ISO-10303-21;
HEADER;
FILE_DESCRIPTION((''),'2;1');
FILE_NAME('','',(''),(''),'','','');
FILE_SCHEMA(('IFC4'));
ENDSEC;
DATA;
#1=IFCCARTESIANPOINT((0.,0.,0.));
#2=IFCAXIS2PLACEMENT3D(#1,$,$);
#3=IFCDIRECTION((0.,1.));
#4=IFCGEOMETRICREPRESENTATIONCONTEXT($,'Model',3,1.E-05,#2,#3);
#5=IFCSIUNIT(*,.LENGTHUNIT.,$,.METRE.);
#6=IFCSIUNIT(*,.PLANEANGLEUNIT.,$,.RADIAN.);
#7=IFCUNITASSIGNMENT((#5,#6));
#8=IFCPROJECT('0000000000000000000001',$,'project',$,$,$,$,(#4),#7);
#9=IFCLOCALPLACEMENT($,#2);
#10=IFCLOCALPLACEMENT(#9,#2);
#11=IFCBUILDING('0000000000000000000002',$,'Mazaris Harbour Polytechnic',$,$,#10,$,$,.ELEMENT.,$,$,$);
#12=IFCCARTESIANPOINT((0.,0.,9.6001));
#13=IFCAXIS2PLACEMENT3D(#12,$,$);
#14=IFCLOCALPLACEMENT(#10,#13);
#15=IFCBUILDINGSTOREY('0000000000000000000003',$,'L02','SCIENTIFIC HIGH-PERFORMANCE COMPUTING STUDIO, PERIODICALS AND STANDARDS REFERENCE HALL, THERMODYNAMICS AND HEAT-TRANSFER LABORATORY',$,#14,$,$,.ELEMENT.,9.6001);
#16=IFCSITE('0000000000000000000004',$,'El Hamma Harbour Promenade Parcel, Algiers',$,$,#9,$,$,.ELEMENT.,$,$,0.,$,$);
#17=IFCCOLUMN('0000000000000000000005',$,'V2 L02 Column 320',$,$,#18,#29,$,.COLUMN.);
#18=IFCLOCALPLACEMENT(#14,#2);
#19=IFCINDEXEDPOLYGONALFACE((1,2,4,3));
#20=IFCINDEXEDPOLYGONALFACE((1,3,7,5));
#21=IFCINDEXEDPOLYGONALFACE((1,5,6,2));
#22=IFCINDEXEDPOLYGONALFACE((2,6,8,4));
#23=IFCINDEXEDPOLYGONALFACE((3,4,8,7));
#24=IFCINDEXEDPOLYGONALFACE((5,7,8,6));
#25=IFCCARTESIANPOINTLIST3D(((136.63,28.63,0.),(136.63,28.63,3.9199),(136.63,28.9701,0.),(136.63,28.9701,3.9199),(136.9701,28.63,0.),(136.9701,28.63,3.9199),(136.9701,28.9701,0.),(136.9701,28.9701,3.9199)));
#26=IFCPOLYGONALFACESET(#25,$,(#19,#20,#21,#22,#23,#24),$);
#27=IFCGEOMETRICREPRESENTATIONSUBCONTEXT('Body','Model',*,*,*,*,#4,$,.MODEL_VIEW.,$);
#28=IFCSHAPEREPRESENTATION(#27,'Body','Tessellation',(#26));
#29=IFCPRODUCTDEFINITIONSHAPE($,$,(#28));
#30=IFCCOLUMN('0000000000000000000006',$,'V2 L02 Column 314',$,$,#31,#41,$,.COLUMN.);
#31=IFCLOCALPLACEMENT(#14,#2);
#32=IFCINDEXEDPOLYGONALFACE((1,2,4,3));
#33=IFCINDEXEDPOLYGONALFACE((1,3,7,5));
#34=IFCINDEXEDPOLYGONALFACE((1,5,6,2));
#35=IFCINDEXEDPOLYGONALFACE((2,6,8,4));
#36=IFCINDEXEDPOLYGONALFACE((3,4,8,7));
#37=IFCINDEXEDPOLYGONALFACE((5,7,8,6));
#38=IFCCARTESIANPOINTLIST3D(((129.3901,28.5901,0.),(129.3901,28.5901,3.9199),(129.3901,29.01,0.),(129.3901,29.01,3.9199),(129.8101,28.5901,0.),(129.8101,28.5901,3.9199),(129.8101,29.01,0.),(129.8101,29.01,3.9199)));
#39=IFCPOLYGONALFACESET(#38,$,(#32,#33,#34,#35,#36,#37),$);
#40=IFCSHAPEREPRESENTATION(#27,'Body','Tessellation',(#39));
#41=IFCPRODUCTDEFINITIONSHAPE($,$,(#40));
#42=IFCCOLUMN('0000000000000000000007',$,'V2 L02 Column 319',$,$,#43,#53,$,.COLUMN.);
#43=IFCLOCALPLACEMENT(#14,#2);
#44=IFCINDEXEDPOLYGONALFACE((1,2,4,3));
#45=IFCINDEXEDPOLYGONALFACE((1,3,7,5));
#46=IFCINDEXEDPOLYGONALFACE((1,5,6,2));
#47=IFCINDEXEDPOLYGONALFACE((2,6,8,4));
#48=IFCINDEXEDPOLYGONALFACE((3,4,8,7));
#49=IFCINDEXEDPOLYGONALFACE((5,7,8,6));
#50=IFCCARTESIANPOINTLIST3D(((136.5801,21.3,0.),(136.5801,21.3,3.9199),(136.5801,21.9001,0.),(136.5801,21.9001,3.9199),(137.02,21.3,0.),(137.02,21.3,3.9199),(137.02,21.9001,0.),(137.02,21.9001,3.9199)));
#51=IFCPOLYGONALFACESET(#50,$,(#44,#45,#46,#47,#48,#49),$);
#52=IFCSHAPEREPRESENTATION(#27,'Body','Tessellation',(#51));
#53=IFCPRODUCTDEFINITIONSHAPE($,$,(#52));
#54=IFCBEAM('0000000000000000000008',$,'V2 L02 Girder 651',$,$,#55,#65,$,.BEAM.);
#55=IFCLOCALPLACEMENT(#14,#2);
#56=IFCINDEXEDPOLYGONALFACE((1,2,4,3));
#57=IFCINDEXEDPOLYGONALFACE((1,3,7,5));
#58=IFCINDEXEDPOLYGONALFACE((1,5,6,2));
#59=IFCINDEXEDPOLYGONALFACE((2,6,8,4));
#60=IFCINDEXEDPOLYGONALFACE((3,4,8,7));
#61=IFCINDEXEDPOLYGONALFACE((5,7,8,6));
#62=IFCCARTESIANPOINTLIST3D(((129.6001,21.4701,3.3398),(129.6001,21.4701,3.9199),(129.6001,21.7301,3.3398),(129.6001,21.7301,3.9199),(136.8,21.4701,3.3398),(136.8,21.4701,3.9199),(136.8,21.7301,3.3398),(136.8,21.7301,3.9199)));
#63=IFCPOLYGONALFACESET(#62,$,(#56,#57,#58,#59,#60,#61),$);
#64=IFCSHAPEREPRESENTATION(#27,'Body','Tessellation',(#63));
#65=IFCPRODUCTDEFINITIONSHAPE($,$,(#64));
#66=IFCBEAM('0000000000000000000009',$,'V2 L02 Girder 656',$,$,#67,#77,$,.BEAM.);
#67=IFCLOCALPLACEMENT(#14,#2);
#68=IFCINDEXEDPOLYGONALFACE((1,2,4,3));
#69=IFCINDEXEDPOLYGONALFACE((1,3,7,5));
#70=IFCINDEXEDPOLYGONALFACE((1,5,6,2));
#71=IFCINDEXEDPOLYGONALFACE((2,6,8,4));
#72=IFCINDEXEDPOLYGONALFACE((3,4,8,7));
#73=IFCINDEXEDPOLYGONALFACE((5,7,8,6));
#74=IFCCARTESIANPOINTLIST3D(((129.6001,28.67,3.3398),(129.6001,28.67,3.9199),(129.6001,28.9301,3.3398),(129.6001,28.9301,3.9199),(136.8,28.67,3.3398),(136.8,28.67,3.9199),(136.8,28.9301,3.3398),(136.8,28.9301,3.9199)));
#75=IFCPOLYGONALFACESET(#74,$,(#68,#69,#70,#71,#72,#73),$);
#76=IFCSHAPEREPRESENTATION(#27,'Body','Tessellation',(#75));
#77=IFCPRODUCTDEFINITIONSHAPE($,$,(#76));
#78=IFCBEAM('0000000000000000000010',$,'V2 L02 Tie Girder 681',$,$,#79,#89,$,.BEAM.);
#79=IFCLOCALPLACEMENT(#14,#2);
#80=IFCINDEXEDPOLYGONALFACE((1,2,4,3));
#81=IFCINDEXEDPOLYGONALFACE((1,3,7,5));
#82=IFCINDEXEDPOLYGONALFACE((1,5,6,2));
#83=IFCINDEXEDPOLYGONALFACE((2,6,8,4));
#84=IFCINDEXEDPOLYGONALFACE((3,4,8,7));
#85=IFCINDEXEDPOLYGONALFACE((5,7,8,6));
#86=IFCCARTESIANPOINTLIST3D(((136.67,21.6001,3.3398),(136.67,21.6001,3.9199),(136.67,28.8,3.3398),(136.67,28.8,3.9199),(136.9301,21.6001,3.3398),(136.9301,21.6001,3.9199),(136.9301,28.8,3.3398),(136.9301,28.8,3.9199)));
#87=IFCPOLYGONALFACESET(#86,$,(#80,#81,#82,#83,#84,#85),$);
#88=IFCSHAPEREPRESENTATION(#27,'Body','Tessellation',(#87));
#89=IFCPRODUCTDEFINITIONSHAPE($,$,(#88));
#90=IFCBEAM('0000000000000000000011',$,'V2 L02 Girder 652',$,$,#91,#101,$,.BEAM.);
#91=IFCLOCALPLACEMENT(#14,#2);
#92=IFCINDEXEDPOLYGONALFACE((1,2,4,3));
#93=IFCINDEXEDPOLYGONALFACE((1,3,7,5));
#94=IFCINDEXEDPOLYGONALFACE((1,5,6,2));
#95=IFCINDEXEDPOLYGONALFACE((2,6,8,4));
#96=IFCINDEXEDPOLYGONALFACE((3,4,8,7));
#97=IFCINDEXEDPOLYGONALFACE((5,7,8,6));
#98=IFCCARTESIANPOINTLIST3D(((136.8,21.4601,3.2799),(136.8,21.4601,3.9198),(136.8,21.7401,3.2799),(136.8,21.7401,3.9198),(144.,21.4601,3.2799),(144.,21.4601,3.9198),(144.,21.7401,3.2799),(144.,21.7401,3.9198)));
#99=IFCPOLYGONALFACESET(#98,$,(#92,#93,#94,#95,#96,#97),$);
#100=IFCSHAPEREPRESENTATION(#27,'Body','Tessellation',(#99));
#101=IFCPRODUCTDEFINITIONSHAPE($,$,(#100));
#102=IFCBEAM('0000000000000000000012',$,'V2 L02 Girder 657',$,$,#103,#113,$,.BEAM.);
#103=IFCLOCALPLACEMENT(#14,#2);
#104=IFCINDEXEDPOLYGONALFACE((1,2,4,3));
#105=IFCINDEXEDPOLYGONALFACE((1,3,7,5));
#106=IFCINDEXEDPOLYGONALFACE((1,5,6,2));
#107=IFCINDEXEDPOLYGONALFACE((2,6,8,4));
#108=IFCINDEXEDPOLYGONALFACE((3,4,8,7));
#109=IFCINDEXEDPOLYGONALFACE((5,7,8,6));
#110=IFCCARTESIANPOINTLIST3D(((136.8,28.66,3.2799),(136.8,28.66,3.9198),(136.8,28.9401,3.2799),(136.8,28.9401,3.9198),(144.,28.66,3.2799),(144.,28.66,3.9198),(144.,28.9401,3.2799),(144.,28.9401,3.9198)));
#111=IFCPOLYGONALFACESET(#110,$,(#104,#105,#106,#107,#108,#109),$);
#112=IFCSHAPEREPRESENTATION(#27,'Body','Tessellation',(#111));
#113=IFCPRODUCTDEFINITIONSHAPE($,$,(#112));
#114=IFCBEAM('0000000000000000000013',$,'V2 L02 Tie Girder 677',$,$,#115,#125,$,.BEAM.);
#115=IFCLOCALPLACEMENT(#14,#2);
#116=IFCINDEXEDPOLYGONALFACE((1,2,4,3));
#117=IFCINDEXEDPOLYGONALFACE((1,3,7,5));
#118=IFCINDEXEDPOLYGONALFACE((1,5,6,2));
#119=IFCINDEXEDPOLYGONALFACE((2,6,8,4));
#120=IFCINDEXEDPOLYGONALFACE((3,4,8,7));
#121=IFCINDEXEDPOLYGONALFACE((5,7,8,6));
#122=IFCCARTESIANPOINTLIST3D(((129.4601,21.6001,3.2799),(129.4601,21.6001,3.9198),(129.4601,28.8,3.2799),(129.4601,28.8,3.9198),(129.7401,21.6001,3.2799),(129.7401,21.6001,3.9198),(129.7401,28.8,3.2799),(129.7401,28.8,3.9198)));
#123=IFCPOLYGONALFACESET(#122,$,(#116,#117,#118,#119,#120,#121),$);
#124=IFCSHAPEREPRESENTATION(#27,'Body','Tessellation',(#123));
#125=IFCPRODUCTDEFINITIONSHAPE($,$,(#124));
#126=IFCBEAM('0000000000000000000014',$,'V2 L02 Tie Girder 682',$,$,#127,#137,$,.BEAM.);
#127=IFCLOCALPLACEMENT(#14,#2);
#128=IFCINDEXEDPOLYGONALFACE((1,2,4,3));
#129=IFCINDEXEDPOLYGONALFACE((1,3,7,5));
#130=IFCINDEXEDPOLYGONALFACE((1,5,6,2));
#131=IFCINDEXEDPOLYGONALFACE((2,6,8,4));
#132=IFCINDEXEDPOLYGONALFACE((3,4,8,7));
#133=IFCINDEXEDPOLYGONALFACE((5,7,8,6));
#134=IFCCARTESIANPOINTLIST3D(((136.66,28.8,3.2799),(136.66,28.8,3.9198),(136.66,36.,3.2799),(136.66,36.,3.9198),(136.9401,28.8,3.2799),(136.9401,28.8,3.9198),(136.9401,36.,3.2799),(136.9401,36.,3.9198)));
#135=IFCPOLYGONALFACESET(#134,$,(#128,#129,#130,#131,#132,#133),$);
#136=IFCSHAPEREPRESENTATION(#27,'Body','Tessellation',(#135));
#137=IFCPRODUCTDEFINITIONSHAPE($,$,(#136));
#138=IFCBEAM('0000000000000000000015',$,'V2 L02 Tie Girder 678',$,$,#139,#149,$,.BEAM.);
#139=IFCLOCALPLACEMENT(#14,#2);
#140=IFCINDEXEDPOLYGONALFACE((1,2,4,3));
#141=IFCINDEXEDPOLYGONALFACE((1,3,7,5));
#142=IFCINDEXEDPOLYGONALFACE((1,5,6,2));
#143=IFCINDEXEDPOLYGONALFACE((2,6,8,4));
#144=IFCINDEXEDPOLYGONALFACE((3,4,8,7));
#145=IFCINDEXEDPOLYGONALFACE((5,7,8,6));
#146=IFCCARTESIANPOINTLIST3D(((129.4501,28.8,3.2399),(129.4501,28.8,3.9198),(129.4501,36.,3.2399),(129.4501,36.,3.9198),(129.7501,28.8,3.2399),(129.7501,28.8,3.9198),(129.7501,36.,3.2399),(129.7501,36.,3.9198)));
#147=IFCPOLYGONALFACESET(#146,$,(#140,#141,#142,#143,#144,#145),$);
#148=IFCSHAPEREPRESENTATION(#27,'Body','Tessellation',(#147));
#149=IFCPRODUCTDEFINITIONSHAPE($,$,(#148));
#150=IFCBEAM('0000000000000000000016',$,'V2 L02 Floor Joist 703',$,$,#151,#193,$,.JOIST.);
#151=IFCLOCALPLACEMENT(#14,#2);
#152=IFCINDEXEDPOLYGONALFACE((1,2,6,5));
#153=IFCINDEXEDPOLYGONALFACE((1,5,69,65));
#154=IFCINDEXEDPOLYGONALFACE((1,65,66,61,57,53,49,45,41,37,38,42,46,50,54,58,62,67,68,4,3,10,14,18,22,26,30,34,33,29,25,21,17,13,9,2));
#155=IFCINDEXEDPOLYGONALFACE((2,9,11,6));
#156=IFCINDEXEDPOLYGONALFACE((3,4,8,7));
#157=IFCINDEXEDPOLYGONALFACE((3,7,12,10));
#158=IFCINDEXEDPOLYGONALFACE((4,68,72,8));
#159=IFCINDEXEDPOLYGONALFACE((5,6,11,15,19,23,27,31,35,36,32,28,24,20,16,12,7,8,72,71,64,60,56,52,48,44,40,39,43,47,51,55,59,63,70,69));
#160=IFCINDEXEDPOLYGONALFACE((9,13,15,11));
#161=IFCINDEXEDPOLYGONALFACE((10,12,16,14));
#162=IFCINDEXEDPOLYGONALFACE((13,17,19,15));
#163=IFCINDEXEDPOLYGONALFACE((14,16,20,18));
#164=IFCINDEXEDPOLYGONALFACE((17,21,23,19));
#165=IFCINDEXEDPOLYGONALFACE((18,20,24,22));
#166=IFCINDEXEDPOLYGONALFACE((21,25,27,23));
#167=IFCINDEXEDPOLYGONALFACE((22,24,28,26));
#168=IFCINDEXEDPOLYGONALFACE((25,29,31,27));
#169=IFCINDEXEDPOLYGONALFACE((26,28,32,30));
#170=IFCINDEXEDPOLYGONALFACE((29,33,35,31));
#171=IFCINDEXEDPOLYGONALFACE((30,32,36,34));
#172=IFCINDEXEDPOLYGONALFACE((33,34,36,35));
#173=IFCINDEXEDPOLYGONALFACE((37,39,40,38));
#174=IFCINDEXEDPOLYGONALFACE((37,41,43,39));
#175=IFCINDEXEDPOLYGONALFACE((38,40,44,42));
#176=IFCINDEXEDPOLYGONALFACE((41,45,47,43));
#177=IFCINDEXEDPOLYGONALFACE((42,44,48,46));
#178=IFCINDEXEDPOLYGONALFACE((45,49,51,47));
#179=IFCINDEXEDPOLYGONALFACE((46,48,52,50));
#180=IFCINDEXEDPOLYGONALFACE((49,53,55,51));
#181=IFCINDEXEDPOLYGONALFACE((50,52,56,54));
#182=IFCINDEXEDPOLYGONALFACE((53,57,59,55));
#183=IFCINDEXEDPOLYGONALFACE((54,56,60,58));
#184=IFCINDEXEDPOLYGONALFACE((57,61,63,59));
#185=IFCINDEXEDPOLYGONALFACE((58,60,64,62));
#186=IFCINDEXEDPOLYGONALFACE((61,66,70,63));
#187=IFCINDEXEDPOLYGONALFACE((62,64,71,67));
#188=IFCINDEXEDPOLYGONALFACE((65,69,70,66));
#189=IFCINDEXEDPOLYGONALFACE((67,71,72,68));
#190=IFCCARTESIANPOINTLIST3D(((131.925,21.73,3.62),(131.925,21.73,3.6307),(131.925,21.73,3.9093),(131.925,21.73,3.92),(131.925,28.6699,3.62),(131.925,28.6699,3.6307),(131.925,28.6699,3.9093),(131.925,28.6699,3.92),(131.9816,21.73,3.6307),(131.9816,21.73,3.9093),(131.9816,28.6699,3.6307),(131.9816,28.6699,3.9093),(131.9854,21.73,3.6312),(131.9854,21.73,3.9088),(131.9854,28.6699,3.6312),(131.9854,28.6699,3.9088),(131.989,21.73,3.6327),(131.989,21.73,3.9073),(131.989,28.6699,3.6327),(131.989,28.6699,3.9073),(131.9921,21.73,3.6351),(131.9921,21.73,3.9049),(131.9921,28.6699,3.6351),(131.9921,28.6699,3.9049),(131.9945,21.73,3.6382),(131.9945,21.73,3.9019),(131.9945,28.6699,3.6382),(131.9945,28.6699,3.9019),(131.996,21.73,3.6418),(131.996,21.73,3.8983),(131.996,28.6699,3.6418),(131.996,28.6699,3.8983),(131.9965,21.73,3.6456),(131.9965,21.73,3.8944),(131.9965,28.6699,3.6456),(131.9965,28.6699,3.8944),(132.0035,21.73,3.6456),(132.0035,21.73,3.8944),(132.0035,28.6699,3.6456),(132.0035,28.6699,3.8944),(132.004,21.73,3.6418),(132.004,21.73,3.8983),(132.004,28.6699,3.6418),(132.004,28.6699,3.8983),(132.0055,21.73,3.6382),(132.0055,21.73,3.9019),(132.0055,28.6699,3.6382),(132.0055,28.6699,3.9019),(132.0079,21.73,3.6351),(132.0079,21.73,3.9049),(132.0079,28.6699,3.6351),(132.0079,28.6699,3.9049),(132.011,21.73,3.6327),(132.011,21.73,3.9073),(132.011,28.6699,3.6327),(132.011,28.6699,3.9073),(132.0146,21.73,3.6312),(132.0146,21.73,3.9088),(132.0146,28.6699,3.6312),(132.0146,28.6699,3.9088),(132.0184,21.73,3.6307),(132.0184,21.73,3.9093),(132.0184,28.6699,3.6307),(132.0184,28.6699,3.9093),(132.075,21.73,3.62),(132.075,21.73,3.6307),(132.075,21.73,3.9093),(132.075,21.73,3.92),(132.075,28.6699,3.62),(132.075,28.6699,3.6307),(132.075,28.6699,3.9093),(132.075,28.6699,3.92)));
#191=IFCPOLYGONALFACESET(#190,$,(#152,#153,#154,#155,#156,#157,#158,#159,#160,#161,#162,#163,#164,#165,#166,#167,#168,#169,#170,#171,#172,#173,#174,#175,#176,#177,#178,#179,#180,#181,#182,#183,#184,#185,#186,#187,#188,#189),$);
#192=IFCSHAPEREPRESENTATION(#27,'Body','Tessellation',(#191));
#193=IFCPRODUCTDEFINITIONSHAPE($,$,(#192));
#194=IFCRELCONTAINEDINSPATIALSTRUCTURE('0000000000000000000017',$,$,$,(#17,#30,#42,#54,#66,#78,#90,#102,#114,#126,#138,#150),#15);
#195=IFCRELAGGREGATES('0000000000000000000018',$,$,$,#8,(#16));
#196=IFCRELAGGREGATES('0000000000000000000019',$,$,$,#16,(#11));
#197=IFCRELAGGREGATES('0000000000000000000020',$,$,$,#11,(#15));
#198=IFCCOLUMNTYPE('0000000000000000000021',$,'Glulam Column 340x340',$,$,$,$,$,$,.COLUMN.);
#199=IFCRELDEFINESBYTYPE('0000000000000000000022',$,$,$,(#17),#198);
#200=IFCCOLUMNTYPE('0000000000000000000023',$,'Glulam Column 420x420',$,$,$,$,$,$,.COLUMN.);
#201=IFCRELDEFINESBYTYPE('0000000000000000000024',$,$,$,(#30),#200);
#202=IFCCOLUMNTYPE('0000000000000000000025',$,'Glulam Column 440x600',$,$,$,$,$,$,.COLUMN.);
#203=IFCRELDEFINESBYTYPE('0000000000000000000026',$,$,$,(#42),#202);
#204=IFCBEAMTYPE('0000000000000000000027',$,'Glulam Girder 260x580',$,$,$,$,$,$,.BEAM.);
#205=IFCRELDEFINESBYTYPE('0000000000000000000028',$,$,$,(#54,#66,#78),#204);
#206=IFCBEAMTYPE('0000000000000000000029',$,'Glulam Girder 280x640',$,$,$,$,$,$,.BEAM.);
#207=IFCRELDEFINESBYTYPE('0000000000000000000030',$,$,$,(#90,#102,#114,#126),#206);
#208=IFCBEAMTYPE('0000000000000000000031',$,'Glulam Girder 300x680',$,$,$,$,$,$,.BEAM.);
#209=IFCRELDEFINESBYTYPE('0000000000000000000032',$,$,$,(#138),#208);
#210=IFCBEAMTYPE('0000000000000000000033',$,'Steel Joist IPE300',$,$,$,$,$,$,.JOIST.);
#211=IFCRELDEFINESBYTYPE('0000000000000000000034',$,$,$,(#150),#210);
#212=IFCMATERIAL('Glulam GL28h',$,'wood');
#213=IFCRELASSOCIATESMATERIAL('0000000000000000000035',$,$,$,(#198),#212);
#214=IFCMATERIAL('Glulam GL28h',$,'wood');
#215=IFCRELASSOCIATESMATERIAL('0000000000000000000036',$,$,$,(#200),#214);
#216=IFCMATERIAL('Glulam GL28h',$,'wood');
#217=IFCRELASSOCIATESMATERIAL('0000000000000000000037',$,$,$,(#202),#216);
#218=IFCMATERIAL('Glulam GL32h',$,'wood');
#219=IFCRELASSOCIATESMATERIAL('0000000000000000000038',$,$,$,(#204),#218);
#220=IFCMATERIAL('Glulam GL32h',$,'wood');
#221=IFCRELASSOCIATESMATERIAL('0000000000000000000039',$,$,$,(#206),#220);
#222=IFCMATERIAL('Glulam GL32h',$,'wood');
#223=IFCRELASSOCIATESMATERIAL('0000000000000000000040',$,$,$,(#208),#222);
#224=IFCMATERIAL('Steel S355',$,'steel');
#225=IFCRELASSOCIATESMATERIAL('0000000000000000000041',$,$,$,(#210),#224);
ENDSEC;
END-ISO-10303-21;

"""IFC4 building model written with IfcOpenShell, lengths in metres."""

from ifc_helpers import new_model, si_unit, direction, frame, origin, origin_2d, place, context, subcontext, project, spatial, rectangle, i_section, extrude, material, material_profile, profile_set, type_object, element, save


model = new_model("IFC4")

# Units and contexts
model_context = context("Model", 3, precision=1e-05, world=origin(), true_north=direction((0.0, 1.0)))
body_context = subcontext(model_context, "Body", "Model", "MODEL_VIEW")
ifc_project = project(units=[si_unit("LENGTHUNIT", "METRE"), si_unit("PLANEANGLEUNIT", "RADIAN")], contexts=[model_context])

# Site, building, storey
site_placement = place(None, origin())
site = spatial("IfcSite", under=ifc_project, at=site_placement, Name="El Hamma Harbour Promenade Parcel, Algiers", CompositionType="ELEMENT", RefElevation=0.0)
building_placement = place(site_placement, origin())
building = spatial("IfcBuilding", under=site, at=building_placement, Name="Mazaris Harbour Polytechnic", CompositionType="ELEMENT")
storey_placement = place(building_placement, frame((0.0, 0.0, 9.6001)))
storey = spatial("IfcBuildingStorey", under=building, at=storey_placement, Name="L02", Description="SCIENTIFIC HIGH-PERFORMANCE COMPUTING STUDIO, PERIODICALS AND STANDARDS REFERENCE HALL, THERMODYNAMICS AND HEAT-TRANSFER LABORATORY", CompositionType="ELEMENT", Elevation=9.6001)

# Columns
ifc_material_1 = material(Name="Glulam GL28h", Category="wood")
ifc_material_profile_1 = material_profile(ifc_material_1, rectangle(XDim=0.3401, YDim=0.3401, at=origin_2d()), Name="RECT340x340")
ifc_profile_set_1 = profile_set([ifc_material_profile_1], Name="Glulam GL28h")
column_type_1 = type_object("IfcColumnType", Name="Glulam Column 340x340", PredefinedType="COLUMN", material=ifc_profile_set_1)
column_1_placement = place(storey_placement, frame((136.8, 28.8, 0.0), z_axis=(0.0, 0.0, 1.0), x_axis=(1.0, 0.0, 0.0)))
element("IfcColumn", 1, at=column_1_placement, inside=storey, type_object=column_type_1, Name="V2 L02 Column 320", PredefinedType="COLUMN", context=body_context, shape_type="SweptSolid", body=[
    extrude(rectangle(XDim=0.3401, YDim=0.3401, at=origin_2d()), origin(), (0.0, 0.0, 1.0), 3.9199),
])
ifc_material_2 = material(Name="Glulam GL28h", Category="wood")
ifc_material_profile_2 = material_profile(ifc_material_2, rectangle(XDim=0.4199, YDim=0.4199, at=origin_2d()), Name="RECT420x420")
ifc_profile_set_2 = profile_set([ifc_material_profile_2], Name="Glulam GL28h")
column_type_2 = type_object("IfcColumnType", Name="Glulam Column 420x420", PredefinedType="COLUMN", material=ifc_profile_set_2)
column_2_placement = place(storey_placement, frame((129.6001, 28.8, 0.0), z_axis=(0.0, 0.0, 1.0), x_axis=(1.0, 0.0, 0.0)))
element("IfcColumn", 2, at=column_2_placement, inside=storey, type_object=column_type_2, Name="V2 L02 Column 314", PredefinedType="COLUMN", context=body_context, shape_type="SweptSolid", body=[
    extrude(rectangle(XDim=0.4199, YDim=0.4199, at=origin_2d()), origin(), (0.0, 0.0, 1.0), 3.9199),
])
ifc_material_3 = material(Name="Glulam GL28h", Category="wood")
ifc_material_profile_3 = material_profile(ifc_material_3, rectangle(XDim=0.4399, YDim=0.6001, at=origin_2d()), Name="RECT440x600")
ifc_profile_set_3 = profile_set([ifc_material_profile_3], Name="Glulam GL28h")
column_type_3 = type_object("IfcColumnType", Name="Glulam Column 440x600", PredefinedType="COLUMN", material=ifc_profile_set_3)
column_3_placement = place(storey_placement, frame((136.8, 21.6001, 0.0), z_axis=(0.0, 0.0, 1.0), x_axis=(1.0, 0.0, 0.0)))
element("IfcColumn", 3, at=column_3_placement, inside=storey, type_object=column_type_3, Name="V2 L02 Column 319", PredefinedType="COLUMN", context=body_context, shape_type="SweptSolid", body=[
    extrude(rectangle(XDim=0.4399, YDim=0.6001, at=origin_2d()), origin(), (0.0, 0.0, 1.0), 3.9199),
])

# Beams
ifc_material_4 = material(Name="Glulam GL32h", Category="wood")
ifc_material_profile_4 = material_profile(ifc_material_4, rectangle(XDim=0.26, YDim=0.5801, at=origin_2d()), Name="RECT260x580")
ifc_profile_set_4 = profile_set([ifc_material_profile_4], Name="Glulam GL32h")
beam_type_1 = type_object("IfcBeamType", Name="Glulam Girder 260x580", PredefinedType="BEAM", material=ifc_profile_set_4)
for number, where, z_axis, x_axis, name in (
    (4, (129.6001, 21.6001, 3.6299), (1.0, 0.0, 0.0), (0.0, 1.0, 0.0), "V2 L02 Girder 651"),
    (5, (129.6001, 28.8, 3.6299), (1.0, 0.0, 0.0), (0.0, 1.0, 0.0), "V2 L02 Girder 656"),
    (6, (136.8, 21.6001, 3.6299), (0.0, 1.0, 0.0), (-1.0, 0.0, 0.0), "V2 L02 Tie Girder 681"),
):
    element("IfcBeam", number, at=place(storey_placement, frame(where, z_axis=z_axis, x_axis=x_axis)), inside=storey, type_object=beam_type_1, Name=name, PredefinedType="BEAM", context=body_context, shape_type="SweptSolid", body=[
        extrude(rectangle(XDim=0.26, YDim=0.5801, at=origin_2d()), origin(), (0.0, 0.0, 1.0), 7.2),
    ])
ifc_material_5 = material(Name="Glulam GL32h", Category="wood")
ifc_material_profile_5 = material_profile(ifc_material_5, rectangle(XDim=0.28, YDim=0.6399, at=origin_2d()), Name="RECT280x640")
ifc_profile_set_5 = profile_set([ifc_material_profile_5], Name="Glulam GL32h")
beam_type_2 = type_object("IfcBeamType", Name="Glulam Girder 280x640", PredefinedType="BEAM", material=ifc_profile_set_5)
for number, where, z_axis, x_axis, name in (
    (7, (136.8, 21.6001, 3.5999), (1.0, 0.0, 0.0), (0.0, 1.0, 0.0), "V2 L02 Girder 652"),
    (8, (136.8, 28.8, 3.5999), (1.0, 0.0, 0.0), (0.0, 1.0, 0.0), "V2 L02 Girder 657"),
    (9, (129.6001, 21.6001, 3.5999), (0.0, 1.0, 0.0), (-1.0, 0.0, 0.0), "V2 L02 Tie Girder 677"),
    (10, (136.8, 28.8, 3.5999), (0.0, 1.0, 0.0), (-1.0, 0.0, 0.0), "V2 L02 Tie Girder 682"),
):
    element("IfcBeam", number, at=place(storey_placement, frame(where, z_axis=z_axis, x_axis=x_axis)), inside=storey, type_object=beam_type_2, Name=name, PredefinedType="BEAM", context=body_context, shape_type="SweptSolid", body=[
        extrude(rectangle(XDim=0.28, YDim=0.6399, at=origin_2d()), origin(), (0.0, 0.0, 1.0), 7.2),
    ])
ifc_material_6 = material(Name="Glulam GL32h", Category="wood")
ifc_material_profile_6 = material_profile(ifc_material_6, rectangle(XDim=0.3, YDim=0.6799, at=origin_2d()), Name="RECT300x680")
ifc_profile_set_6 = profile_set([ifc_material_profile_6], Name="Glulam GL32h")
beam_type_3 = type_object("IfcBeamType", Name="Glulam Girder 300x680", PredefinedType="BEAM", material=ifc_profile_set_6)
beam_1_placement = place(storey_placement, frame((129.6001, 28.8, 3.5798), z_axis=(0.0, 1.0, 0.0), x_axis=(-1.0, 0.0, 0.0)))
element("IfcBeam", 11, at=beam_1_placement, inside=storey, type_object=beam_type_3, Name="V2 L02 Tie Girder 678", PredefinedType="BEAM", context=body_context, shape_type="SweptSolid", body=[
    extrude(rectangle(XDim=0.3, YDim=0.6799, at=origin_2d()), origin(), (0.0, 0.0, 1.0), 7.2),
])
ifc_material_7 = material(Name="Steel S355", Category="steel")
ifc_material_profile_7 = material_profile(ifc_material_7, i_section(OverallWidth=0.1499, OverallDepth=0.3, WebThickness=0.0071, FlangeThickness=0.0107, FilletRadius=0.0149, at=origin_2d()), Name="IPE 300")
ifc_profile_set_7 = profile_set([ifc_material_profile_7], Name="Steel S355")
beam_type_4 = type_object("IfcBeamType", Name="Steel Joist IPE300", PredefinedType="JOIST", material=ifc_profile_set_7)
beam_2_placement = place(storey_placement, frame((132.0, 21.73, 3.77), z_axis=(0.0, 1.0, 0.0), x_axis=(-1.0, 0.0, 0.0)))
element("IfcBeam", 12, at=beam_2_placement, inside=storey, type_object=beam_type_4, Name="V2 L02 Floor Joist 703", PredefinedType="JOIST", context=body_context, shape_type="SweptSolid", body=[
    extrude(i_section(OverallWidth=0.1499, OverallDepth=0.3, WebThickness=0.0071, FlangeThickness=0.0107, FilletRadius=0.0149, at=origin_2d()), origin(), (0.0, 0.0, 1.0), 6.9399),
])

save(model, "model.ifc")
